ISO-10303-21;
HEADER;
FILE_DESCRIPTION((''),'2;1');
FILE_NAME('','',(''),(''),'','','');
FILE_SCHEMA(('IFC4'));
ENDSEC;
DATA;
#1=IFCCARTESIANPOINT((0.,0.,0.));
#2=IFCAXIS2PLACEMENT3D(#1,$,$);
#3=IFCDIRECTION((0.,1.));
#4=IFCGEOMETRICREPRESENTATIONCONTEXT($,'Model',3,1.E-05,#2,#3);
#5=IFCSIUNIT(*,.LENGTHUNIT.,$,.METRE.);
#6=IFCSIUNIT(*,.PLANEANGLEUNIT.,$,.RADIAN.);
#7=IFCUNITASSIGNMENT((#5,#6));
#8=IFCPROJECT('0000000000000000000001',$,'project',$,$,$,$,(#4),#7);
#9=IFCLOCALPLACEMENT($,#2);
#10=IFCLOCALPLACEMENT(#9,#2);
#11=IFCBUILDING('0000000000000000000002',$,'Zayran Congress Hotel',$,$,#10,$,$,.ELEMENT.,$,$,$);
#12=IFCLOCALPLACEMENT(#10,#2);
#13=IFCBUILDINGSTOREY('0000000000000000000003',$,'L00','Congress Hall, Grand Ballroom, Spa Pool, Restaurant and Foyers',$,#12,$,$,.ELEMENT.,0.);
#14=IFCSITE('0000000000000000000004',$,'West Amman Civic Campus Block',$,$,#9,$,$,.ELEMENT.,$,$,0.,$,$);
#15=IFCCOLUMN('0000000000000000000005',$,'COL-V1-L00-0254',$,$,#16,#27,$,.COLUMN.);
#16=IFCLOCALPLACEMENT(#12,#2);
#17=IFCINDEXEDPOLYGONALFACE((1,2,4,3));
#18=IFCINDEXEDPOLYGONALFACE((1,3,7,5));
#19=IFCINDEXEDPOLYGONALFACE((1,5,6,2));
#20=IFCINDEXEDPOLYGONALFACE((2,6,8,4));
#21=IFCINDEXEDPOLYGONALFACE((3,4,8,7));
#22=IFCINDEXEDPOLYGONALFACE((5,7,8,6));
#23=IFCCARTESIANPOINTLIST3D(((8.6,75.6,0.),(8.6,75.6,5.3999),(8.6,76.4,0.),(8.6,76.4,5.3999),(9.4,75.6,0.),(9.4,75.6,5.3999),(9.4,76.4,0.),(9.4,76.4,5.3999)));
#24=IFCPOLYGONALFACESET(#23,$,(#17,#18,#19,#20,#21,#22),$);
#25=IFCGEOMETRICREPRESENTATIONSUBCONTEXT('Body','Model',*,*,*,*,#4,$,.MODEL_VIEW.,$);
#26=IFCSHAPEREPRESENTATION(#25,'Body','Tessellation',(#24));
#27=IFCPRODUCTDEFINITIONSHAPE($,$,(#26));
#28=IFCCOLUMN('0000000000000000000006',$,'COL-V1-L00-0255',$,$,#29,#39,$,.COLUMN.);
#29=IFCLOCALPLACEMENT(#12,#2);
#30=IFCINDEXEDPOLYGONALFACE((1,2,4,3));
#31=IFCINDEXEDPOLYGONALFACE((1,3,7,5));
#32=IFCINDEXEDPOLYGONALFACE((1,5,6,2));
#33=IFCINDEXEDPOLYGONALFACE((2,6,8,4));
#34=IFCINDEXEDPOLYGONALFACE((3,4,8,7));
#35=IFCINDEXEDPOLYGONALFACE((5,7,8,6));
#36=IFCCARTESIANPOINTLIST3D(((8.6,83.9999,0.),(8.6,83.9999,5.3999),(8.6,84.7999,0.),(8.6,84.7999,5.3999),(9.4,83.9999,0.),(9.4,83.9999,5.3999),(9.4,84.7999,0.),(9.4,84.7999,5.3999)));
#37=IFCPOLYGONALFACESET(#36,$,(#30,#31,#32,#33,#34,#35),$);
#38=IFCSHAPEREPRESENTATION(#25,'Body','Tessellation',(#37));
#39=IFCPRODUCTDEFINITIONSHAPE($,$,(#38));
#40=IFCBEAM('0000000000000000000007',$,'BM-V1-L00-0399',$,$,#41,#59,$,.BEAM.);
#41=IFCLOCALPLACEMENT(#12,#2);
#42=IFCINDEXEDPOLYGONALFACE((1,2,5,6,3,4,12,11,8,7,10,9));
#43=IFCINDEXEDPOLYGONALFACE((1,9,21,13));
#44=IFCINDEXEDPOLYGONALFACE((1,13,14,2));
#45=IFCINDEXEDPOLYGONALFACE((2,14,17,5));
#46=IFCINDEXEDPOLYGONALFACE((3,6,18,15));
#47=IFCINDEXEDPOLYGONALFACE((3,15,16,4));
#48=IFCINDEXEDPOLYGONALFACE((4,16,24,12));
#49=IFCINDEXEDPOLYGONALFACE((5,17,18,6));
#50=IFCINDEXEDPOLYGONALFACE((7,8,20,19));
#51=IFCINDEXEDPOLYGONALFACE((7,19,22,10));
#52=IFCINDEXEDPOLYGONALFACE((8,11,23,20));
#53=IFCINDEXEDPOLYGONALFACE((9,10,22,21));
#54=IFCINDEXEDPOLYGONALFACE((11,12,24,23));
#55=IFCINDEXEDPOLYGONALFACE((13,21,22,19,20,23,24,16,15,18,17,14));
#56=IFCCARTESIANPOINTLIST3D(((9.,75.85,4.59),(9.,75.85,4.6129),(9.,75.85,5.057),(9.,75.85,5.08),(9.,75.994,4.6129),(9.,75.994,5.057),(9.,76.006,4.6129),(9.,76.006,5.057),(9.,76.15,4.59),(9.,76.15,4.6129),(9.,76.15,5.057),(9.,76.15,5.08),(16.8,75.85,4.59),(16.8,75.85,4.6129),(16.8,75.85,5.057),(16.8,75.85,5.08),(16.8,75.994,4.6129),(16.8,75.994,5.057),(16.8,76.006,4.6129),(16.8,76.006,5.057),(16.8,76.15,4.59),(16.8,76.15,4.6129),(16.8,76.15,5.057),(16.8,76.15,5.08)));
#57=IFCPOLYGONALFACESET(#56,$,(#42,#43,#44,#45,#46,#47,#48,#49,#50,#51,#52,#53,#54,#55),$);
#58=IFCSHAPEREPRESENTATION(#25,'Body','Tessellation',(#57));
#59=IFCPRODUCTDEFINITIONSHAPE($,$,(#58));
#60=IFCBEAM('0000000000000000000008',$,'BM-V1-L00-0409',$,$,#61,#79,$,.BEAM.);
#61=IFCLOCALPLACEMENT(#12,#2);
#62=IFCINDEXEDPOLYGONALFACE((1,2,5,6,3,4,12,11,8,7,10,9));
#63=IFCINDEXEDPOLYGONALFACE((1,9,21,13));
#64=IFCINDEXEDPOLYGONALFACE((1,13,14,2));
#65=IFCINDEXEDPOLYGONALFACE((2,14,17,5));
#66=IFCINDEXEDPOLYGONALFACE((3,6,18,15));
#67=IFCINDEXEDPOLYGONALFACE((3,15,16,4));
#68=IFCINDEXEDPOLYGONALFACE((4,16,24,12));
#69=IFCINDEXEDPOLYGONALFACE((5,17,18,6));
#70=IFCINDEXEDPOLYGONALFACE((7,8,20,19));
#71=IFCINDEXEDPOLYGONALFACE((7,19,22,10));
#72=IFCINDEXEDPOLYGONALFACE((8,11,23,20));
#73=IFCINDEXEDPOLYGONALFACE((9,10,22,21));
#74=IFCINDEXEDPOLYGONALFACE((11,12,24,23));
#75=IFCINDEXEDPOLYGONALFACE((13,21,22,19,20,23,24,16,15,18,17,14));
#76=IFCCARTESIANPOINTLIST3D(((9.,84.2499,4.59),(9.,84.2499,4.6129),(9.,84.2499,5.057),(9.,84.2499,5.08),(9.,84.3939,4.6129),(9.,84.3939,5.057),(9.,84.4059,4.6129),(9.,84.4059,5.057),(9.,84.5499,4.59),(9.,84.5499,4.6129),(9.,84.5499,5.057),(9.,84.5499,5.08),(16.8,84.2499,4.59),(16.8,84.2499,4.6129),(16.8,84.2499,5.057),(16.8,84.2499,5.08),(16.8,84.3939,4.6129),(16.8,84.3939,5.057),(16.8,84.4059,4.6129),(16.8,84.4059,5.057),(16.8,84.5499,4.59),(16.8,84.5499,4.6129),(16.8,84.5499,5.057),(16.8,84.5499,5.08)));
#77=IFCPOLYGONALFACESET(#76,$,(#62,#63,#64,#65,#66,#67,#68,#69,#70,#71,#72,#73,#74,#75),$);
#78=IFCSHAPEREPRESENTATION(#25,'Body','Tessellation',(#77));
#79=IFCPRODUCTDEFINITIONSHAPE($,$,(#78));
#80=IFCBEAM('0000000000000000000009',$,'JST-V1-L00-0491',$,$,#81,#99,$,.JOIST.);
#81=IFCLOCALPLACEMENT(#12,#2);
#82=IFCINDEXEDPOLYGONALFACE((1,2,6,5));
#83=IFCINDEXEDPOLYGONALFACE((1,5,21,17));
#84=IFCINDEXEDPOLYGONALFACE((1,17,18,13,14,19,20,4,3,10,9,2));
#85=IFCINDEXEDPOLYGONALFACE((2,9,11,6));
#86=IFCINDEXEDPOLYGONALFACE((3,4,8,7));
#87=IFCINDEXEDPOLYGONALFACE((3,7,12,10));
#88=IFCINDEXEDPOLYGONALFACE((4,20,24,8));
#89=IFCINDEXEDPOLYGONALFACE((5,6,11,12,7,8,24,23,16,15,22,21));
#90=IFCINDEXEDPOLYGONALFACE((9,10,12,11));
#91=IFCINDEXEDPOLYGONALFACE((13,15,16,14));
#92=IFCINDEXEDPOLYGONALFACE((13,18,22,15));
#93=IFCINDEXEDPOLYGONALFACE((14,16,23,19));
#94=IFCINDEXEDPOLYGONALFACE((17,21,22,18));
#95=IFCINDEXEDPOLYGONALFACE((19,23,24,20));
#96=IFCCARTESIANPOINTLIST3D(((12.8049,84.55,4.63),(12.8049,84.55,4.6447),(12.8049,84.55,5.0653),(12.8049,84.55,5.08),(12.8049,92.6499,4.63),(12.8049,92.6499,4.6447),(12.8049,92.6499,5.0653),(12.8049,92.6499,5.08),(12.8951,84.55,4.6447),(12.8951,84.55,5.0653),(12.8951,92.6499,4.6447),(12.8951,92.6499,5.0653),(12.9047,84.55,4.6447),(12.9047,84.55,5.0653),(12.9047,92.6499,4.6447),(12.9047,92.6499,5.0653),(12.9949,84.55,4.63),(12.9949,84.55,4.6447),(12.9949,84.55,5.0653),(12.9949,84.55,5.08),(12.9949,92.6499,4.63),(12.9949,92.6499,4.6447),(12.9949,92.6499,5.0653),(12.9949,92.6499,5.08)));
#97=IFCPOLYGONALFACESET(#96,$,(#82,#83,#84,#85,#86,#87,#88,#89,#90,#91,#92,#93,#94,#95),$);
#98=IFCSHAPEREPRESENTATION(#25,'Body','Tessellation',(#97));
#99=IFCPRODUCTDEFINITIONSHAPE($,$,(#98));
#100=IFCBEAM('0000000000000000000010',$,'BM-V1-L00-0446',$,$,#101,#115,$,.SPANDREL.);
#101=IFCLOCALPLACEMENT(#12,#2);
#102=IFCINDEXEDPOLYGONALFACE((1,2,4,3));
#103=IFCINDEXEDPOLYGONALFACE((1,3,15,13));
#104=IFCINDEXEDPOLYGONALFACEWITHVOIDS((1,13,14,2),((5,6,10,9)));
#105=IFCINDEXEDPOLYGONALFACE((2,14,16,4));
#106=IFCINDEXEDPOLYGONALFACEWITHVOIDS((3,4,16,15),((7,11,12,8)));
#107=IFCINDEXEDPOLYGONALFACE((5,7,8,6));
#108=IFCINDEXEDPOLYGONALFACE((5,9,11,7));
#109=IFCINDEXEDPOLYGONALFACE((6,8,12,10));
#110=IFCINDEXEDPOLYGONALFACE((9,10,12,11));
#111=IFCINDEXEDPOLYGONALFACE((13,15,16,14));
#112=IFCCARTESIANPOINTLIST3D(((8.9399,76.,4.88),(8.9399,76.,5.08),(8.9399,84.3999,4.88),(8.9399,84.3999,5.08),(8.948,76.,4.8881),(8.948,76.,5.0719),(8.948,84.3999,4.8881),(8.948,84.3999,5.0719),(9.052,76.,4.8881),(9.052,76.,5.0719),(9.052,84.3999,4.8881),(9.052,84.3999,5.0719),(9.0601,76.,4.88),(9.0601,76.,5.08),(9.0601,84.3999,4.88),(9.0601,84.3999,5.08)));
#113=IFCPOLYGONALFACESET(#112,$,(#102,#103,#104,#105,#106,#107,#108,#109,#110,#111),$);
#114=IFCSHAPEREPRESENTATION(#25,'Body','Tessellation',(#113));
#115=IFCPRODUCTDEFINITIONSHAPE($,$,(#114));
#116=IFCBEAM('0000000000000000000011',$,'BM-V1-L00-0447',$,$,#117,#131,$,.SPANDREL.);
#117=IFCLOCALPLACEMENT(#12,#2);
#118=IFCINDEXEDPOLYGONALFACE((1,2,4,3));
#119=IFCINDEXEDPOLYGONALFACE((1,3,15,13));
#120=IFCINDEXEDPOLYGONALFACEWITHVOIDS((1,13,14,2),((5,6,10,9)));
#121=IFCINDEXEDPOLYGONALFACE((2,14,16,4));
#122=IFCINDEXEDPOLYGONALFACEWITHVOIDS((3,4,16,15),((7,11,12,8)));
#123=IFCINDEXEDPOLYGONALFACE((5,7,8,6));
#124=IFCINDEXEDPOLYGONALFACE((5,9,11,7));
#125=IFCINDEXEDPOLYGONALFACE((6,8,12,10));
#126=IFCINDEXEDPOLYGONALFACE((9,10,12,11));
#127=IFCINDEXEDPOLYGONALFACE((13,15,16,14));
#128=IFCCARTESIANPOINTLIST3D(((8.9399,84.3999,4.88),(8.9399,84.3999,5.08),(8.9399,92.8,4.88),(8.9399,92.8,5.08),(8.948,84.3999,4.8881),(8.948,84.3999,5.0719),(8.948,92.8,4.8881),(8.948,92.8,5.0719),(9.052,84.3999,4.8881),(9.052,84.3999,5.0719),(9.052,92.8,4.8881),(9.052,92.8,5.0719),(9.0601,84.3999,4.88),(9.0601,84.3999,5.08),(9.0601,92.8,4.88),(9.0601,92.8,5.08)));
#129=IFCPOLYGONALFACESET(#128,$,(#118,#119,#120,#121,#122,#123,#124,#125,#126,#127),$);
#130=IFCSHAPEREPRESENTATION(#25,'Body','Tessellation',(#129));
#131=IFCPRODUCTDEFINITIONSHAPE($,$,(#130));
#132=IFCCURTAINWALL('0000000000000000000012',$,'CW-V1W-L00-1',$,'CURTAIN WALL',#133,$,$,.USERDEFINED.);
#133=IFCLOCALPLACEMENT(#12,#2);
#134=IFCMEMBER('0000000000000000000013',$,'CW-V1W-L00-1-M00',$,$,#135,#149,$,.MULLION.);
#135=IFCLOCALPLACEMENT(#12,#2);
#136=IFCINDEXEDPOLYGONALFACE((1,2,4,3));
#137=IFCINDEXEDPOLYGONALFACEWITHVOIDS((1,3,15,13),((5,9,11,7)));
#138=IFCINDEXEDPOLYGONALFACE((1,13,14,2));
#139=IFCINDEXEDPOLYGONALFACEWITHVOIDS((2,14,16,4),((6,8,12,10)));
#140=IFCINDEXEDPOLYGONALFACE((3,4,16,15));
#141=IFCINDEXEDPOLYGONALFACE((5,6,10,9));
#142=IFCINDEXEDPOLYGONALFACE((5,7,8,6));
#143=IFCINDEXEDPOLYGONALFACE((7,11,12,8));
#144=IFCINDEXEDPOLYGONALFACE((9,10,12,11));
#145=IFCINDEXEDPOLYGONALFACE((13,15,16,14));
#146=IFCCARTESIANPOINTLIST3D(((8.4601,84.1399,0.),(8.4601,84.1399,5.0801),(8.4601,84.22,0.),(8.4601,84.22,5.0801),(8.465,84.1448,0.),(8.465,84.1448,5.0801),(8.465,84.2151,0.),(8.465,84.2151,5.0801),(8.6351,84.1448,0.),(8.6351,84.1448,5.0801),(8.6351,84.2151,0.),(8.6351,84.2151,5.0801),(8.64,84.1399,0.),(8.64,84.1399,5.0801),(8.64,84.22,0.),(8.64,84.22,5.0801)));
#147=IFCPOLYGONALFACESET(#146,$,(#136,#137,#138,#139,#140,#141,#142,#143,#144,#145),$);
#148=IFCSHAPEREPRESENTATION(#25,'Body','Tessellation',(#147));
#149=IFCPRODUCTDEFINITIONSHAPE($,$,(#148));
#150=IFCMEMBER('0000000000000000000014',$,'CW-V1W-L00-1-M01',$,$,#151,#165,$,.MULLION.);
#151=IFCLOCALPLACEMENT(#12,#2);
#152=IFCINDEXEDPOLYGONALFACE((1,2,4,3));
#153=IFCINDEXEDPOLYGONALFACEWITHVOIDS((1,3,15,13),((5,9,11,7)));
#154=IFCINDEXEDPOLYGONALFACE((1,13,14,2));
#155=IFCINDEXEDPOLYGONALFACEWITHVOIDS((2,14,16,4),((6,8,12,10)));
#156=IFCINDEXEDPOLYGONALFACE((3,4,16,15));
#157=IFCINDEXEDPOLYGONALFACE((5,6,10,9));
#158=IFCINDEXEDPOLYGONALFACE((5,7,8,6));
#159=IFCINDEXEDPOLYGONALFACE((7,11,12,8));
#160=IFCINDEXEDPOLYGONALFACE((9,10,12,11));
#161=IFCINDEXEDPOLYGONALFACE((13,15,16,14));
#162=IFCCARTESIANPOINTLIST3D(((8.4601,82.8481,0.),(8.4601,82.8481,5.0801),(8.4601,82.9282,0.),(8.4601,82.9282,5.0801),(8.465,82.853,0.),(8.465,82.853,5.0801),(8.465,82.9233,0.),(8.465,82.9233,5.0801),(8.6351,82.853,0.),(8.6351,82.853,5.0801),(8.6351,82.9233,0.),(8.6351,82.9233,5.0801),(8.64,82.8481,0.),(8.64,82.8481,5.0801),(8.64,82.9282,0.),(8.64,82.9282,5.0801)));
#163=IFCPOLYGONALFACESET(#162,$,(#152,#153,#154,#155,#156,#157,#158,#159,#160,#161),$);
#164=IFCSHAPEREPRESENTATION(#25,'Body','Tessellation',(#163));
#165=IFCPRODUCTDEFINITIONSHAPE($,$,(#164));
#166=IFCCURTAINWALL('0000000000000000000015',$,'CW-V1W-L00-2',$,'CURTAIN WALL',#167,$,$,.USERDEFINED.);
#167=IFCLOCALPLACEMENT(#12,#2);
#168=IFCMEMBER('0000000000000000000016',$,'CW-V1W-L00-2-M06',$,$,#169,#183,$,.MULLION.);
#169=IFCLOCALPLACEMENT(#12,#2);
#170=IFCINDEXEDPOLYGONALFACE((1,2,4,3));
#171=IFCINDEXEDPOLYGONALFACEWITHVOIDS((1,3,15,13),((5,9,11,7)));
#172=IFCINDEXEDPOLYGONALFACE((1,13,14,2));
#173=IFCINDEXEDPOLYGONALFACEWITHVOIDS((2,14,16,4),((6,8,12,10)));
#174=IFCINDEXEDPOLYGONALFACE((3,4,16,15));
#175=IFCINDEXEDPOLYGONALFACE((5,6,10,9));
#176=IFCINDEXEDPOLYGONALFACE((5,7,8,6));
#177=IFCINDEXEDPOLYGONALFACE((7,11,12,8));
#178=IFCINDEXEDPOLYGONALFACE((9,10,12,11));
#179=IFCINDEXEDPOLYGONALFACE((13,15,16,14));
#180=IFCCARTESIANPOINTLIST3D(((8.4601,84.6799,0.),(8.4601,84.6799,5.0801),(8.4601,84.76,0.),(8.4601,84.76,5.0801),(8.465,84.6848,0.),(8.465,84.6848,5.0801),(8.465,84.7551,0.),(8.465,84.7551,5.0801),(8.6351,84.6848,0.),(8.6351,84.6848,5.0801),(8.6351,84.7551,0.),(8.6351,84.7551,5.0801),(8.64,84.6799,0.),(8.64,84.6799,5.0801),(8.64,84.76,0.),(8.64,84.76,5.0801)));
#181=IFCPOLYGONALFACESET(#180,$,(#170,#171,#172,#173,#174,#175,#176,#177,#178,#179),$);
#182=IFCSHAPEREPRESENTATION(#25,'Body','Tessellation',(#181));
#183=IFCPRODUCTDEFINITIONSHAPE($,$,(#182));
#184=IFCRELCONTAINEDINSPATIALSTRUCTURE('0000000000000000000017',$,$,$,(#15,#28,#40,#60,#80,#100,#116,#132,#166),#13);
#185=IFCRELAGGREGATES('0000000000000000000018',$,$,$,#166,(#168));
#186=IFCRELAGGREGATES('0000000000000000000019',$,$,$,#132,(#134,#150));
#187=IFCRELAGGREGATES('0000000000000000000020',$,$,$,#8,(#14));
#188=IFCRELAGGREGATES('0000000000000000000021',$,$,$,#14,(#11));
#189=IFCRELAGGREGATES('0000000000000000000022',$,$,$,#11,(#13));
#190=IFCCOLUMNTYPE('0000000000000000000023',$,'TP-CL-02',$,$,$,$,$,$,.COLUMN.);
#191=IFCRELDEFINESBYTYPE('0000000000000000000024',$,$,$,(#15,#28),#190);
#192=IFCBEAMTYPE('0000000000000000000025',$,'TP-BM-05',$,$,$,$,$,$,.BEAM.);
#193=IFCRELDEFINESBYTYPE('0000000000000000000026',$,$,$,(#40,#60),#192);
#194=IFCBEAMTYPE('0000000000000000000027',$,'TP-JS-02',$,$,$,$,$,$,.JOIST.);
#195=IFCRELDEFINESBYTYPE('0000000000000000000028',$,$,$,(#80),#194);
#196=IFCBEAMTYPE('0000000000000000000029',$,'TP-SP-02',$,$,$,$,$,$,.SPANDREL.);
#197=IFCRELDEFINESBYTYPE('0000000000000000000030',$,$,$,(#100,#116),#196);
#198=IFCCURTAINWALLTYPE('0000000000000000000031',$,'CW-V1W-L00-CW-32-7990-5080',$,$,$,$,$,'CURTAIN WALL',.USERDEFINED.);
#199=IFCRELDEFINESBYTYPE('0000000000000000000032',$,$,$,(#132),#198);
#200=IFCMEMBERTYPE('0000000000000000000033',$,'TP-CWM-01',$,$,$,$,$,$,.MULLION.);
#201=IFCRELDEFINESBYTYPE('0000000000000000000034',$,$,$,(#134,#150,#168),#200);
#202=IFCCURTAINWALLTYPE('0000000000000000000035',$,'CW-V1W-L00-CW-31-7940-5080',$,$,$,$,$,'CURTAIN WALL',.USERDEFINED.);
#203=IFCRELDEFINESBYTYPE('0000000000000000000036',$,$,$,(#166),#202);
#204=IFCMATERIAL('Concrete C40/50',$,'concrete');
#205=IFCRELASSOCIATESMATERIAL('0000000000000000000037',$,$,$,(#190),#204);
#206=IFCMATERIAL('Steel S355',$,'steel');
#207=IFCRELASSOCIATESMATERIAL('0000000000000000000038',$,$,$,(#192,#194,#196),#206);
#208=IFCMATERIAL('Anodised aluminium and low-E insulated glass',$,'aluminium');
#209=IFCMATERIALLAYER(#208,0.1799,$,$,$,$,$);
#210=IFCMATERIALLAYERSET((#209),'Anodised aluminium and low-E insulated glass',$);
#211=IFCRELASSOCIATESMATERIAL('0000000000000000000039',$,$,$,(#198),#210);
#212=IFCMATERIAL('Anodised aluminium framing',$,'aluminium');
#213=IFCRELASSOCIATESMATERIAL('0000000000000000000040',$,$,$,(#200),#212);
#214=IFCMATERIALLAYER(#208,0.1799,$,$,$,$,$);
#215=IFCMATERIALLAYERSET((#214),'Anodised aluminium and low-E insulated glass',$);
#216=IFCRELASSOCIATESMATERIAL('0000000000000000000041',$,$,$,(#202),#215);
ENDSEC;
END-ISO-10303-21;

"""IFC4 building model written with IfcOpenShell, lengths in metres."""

from ifc_helpers import new_model, si_unit, direction, frame, origin, origin_2d, place, context, subcontext, project, spatial, rectangle, hollow_rectangle, i_section, extrude, material, layer, layer_set, material_profile, profile_set, type_object, element, aggregate, save


model = new_model("IFC4")

# Units and contexts
model_context = context("Model", 3, precision=1e-05, world=origin(), true_north=direction((0.0, 1.0)))
body_context = subcontext(model_context, "Body", "Model", "MODEL_VIEW")
ifc_project = project(units=[si_unit("LENGTHUNIT", "METRE"), si_unit("PLANEANGLEUNIT", "RADIAN")], contexts=[model_context])

# Site, building, storey
site_placement = place(None, origin())
site = spatial("IfcSite", under=ifc_project, at=site_placement, Name="West Amman Civic Campus Block", CompositionType="ELEMENT", RefElevation=0.0)
building_placement = place(site_placement, origin())
building = spatial("IfcBuilding", under=site, at=building_placement, Name="Zayran Congress Hotel", CompositionType="ELEMENT")
storey_placement = place(building_placement, origin())
storey = spatial("IfcBuildingStorey", under=building, at=storey_placement, Name="L00", Description="Congress Hall, Grand Ballroom, Spa Pool, Restaurant and Foyers", CompositionType="ELEMENT", Elevation=0.0)

# Columns
ifc_material_1 = material(Name="Concrete C40/50", Category="concrete")
ifc_material_profile_1 = material_profile(ifc_material_1, rectangle(XDim=0.8, YDim=0.8, at=origin_2d()), Name="RC 800x800")
ifc_profile_set_1 = profile_set([ifc_material_profile_1], Name="Concrete C40/50")
column_type = type_object("IfcColumnType", Name="TP-CL-02", PredefinedType="COLUMN", material=ifc_profile_set_1)
for number, where, z_axis, x_axis, name in (
    (1, (9.0, 76.0, 0.0), (0.0, 0.0, 1.0), (1.0, 0.0, 0.0), "COL-V1-L00-0254"),
    (2, (9.0, 84.3999, 0.0), (0.0, 0.0, 1.0), (1.0, 0.0, 0.0), "COL-V1-L00-0255"),
):
    element("IfcColumn", number, at=place(storey_placement, frame(where, z_axis=z_axis, x_axis=x_axis)), inside=storey, type_object=column_type, Name=name, PredefinedType="COLUMN", context=body_context, shape_type="SweptSolid", body=[
        extrude(rectangle(XDim=0.8, YDim=0.8, at=origin_2d()), origin(), (0.0, 0.0, 1.0), 5.3999),
    ])

# Beams
ifc_material_2 = material(Name="Steel S355", Category="steel")
ifc_material_profile_2 = material_profile(ifc_material_2, i_section(OverallWidth=0.3, OverallDepth=0.49, WebThickness=0.012, FlangeThickness=0.0229, at=origin_2d()), Name="HEA 500")
ifc_profile_set_2 = profile_set([ifc_material_profile_2], Name="Steel S355")
beam_type_1 = type_object("IfcBeamType", Name="TP-BM-05", PredefinedType="BEAM", material=ifc_profile_set_2)
for number, where, z_axis, x_axis, name in (
    (3, (9.0, 76.0, 4.835), (1.0, 0.0, 0.0), (0.0, 1.0, 0.0), "BM-V1-L00-0399"),
    (4, (9.0, 84.3999, 4.835), (1.0, 0.0, 0.0), (0.0, 1.0, 0.0), "BM-V1-L00-0409"),
):
    element("IfcBeam", number, at=place(storey_placement, frame(where, z_axis=z_axis, x_axis=x_axis)), inside=storey, type_object=beam_type_1, Name=name, PredefinedType="BEAM", context=body_context, shape_type="SweptSolid", body=[
        extrude(i_section(OverallWidth=0.3, OverallDepth=0.49, WebThickness=0.012, FlangeThickness=0.0229, at=origin_2d()), origin(), (0.0, 0.0, 1.0), 7.8),
    ])
ifc_material_profile_3 = material_profile(ifc_material_2, i_section(OverallWidth=0.1899, OverallDepth=0.45, WebThickness=0.0095, FlangeThickness=0.0146, at=origin_2d()), Name="IPE 450")
ifc_profile_set_3 = profile_set([ifc_material_profile_3], Name="Steel S355")
beam_type_2 = type_object("IfcBeamType", Name="TP-JS-02", PredefinedType="JOIST", material=ifc_profile_set_3)
beam_1_placement = place(storey_placement, frame((12.8999, 84.55, 4.855), z_axis=(0.0, 1.0, 0.0), x_axis=(-1.0, 0.0, 0.0)))
element("IfcBeam", 5, at=beam_1_placement, inside=storey, type_object=beam_type_2, Name="JST-V1-L00-0491", PredefinedType="JOIST", context=body_context, shape_type="SweptSolid", body=[
    extrude(i_section(OverallWidth=0.1899, OverallDepth=0.45, WebThickness=0.0095, FlangeThickness=0.0146, at=origin_2d()), origin(), (0.0, 0.0, 1.0), 8.0999),
])
ifc_material_profile_4 = material_profile(ifc_material_2, hollow_rectangle(XDim=0.1201, YDim=0.2, WallThickness=0.0081, at=origin_2d()), Name="RHS 200x120x8")
ifc_profile_set_4 = profile_set([ifc_material_profile_4], Name="Steel S355")
beam_type_3 = type_object("IfcBeamType", Name="TP-SP-02", PredefinedType="SPANDREL", material=ifc_profile_set_4)
beam_2_placement = place(storey_placement, frame((9.0, 76.0, 4.98), z_axis=(0.0, 1.0, 0.0), x_axis=(-1.0, 0.0, 0.0)))
element("IfcBeam", 6, at=beam_2_placement, inside=storey, type_object=beam_type_3, Name="BM-V1-L00-0446", PredefinedType="SPANDREL", context=body_context, shape_type="SweptSolid", body=[
    extrude(hollow_rectangle(XDim=0.1201, YDim=0.2, WallThickness=0.0081, at=origin_2d()), origin(), (0.0, 0.0, 1.0), 8.3999),
])
beam_3_placement = place(storey_placement, frame((9.0, 84.3999, 4.98), z_axis=(0.0, 1.0, 0.0), x_axis=(-1.0, 0.0, 0.0)))
element("IfcBeam", 7, at=beam_3_placement, inside=storey, type_object=beam_type_3, Name="BM-V1-L00-0447", PredefinedType="SPANDREL", context=body_context, shape_type="SweptSolid", body=[
    extrude(hollow_rectangle(XDim=0.1201, YDim=0.2, WallThickness=0.0081, at=origin_2d()), origin(), (0.0, 0.0, 1.0), 8.4001),
])

# Curtain wall, members
ifc_material_3 = material(Name="Anodised aluminium and low-E insulated glass", Category="aluminium")
ifc_layer_1 = layer(ifc_material_3, 0.1799)
ifc_layer_set_1 = layer_set([ifc_layer_1], Name="Anodised aluminium and low-E insulated glass")
curtain_wall_type_1 = type_object("IfcCurtainWallType", Name="CW-V1W-L00-CW-32-7990-5080", ElementType="CURTAIN WALL", PredefinedType="USERDEFINED", material=ifc_layer_set_1)
curtain_wall_1_placement = place(storey_placement, origin())
curtain_wall_1 = element("IfcCurtainWall", 8, at=curtain_wall_1_placement, inside=storey, type_object=curtain_wall_type_1, Name="CW-V1W-L00-1", ObjectType="CURTAIN WALL", PredefinedType="USERDEFINED")
ifc_material_4 = material(Name="Anodised aluminium framing", Category="aluminium")
ifc_material_profile_5 = material_profile(ifc_material_4, hollow_rectangle(XDim=0.0801, YDim=0.1799, WallThickness=0.0049, at=origin_2d()), Name="RHS 180x80x5")
ifc_profile_set_5 = profile_set([ifc_material_profile_5], Name="Anodised aluminium framing")
member_type_1 = type_object("IfcMemberType", Name="TP-CWM-01", PredefinedType="MULLION", material=ifc_profile_set_5)
member_1_placement = place(storey_placement, frame((8.55, 84.1799, 0.0), z_axis=(0.0, 0.0, 1.0), x_axis=(0.0, 1.0, 0.0)))
member_1 = element("IfcMember", 9, at=member_1_placement, type_object=member_type_1, Name="CW-V1W-L00-1-M00", PredefinedType="MULLION", context=body_context, shape_type="SweptSolid", body=[
    extrude(hollow_rectangle(XDim=0.0801, YDim=0.1799, WallThickness=0.0049, at=origin_2d()), origin(), (0.0, 0.0, 1.0), 5.0801),
])
member_2_placement = place(storey_placement, frame((8.55, 82.8882, 0.0), z_axis=(0.0, 0.0, 1.0), x_axis=(0.0, 1.0, 0.0)))
member_2 = element("IfcMember", 10, at=member_2_placement, type_object=member_type_1, Name="CW-V1W-L00-1-M01", PredefinedType="MULLION", context=body_context, shape_type="SweptSolid", body=[
    extrude(hollow_rectangle(XDim=0.0801, YDim=0.1799, WallThickness=0.0049, at=origin_2d()), origin(), (0.0, 0.0, 1.0), 5.0801),
])

# Curtain wall, member
ifc_layer_2 = layer(ifc_material_3, 0.1799)
ifc_layer_set_2 = layer_set([ifc_layer_2], Name="Anodised aluminium and low-E insulated glass")
curtain_wall_type_2 = type_object("IfcCurtainWallType", Name="CW-V1W-L00-CW-31-7940-5080", ElementType="CURTAIN WALL", PredefinedType="USERDEFINED", material=ifc_layer_set_2)
curtain_wall_2_placement = place(storey_placement, origin())
curtain_wall_2 = element("IfcCurtainWall", 11, at=curtain_wall_2_placement, inside=storey, type_object=curtain_wall_type_2, Name="CW-V1W-L00-2", ObjectType="CURTAIN WALL", PredefinedType="USERDEFINED")
member_3_placement = place(storey_placement, frame((8.55, 84.72, 0.0), z_axis=(0.0, 0.0, 1.0), x_axis=(0.0, 1.0, 0.0)))
member_3 = element("IfcMember", 12, at=member_3_placement, type_object=member_type_1, Name="CW-V1W-L00-2-M06", PredefinedType="MULLION", context=body_context, shape_type="SweptSolid", body=[
    extrude(hollow_rectangle(XDim=0.0801, YDim=0.1799, WallThickness=0.0049, at=origin_2d()), origin(), (0.0, 0.0, 1.0), 5.0801),
])
aggregate(curtain_wall_2, [member_3])

aggregate(curtain_wall_1, [member_1, member_2])

save(model, "model.ifc")
